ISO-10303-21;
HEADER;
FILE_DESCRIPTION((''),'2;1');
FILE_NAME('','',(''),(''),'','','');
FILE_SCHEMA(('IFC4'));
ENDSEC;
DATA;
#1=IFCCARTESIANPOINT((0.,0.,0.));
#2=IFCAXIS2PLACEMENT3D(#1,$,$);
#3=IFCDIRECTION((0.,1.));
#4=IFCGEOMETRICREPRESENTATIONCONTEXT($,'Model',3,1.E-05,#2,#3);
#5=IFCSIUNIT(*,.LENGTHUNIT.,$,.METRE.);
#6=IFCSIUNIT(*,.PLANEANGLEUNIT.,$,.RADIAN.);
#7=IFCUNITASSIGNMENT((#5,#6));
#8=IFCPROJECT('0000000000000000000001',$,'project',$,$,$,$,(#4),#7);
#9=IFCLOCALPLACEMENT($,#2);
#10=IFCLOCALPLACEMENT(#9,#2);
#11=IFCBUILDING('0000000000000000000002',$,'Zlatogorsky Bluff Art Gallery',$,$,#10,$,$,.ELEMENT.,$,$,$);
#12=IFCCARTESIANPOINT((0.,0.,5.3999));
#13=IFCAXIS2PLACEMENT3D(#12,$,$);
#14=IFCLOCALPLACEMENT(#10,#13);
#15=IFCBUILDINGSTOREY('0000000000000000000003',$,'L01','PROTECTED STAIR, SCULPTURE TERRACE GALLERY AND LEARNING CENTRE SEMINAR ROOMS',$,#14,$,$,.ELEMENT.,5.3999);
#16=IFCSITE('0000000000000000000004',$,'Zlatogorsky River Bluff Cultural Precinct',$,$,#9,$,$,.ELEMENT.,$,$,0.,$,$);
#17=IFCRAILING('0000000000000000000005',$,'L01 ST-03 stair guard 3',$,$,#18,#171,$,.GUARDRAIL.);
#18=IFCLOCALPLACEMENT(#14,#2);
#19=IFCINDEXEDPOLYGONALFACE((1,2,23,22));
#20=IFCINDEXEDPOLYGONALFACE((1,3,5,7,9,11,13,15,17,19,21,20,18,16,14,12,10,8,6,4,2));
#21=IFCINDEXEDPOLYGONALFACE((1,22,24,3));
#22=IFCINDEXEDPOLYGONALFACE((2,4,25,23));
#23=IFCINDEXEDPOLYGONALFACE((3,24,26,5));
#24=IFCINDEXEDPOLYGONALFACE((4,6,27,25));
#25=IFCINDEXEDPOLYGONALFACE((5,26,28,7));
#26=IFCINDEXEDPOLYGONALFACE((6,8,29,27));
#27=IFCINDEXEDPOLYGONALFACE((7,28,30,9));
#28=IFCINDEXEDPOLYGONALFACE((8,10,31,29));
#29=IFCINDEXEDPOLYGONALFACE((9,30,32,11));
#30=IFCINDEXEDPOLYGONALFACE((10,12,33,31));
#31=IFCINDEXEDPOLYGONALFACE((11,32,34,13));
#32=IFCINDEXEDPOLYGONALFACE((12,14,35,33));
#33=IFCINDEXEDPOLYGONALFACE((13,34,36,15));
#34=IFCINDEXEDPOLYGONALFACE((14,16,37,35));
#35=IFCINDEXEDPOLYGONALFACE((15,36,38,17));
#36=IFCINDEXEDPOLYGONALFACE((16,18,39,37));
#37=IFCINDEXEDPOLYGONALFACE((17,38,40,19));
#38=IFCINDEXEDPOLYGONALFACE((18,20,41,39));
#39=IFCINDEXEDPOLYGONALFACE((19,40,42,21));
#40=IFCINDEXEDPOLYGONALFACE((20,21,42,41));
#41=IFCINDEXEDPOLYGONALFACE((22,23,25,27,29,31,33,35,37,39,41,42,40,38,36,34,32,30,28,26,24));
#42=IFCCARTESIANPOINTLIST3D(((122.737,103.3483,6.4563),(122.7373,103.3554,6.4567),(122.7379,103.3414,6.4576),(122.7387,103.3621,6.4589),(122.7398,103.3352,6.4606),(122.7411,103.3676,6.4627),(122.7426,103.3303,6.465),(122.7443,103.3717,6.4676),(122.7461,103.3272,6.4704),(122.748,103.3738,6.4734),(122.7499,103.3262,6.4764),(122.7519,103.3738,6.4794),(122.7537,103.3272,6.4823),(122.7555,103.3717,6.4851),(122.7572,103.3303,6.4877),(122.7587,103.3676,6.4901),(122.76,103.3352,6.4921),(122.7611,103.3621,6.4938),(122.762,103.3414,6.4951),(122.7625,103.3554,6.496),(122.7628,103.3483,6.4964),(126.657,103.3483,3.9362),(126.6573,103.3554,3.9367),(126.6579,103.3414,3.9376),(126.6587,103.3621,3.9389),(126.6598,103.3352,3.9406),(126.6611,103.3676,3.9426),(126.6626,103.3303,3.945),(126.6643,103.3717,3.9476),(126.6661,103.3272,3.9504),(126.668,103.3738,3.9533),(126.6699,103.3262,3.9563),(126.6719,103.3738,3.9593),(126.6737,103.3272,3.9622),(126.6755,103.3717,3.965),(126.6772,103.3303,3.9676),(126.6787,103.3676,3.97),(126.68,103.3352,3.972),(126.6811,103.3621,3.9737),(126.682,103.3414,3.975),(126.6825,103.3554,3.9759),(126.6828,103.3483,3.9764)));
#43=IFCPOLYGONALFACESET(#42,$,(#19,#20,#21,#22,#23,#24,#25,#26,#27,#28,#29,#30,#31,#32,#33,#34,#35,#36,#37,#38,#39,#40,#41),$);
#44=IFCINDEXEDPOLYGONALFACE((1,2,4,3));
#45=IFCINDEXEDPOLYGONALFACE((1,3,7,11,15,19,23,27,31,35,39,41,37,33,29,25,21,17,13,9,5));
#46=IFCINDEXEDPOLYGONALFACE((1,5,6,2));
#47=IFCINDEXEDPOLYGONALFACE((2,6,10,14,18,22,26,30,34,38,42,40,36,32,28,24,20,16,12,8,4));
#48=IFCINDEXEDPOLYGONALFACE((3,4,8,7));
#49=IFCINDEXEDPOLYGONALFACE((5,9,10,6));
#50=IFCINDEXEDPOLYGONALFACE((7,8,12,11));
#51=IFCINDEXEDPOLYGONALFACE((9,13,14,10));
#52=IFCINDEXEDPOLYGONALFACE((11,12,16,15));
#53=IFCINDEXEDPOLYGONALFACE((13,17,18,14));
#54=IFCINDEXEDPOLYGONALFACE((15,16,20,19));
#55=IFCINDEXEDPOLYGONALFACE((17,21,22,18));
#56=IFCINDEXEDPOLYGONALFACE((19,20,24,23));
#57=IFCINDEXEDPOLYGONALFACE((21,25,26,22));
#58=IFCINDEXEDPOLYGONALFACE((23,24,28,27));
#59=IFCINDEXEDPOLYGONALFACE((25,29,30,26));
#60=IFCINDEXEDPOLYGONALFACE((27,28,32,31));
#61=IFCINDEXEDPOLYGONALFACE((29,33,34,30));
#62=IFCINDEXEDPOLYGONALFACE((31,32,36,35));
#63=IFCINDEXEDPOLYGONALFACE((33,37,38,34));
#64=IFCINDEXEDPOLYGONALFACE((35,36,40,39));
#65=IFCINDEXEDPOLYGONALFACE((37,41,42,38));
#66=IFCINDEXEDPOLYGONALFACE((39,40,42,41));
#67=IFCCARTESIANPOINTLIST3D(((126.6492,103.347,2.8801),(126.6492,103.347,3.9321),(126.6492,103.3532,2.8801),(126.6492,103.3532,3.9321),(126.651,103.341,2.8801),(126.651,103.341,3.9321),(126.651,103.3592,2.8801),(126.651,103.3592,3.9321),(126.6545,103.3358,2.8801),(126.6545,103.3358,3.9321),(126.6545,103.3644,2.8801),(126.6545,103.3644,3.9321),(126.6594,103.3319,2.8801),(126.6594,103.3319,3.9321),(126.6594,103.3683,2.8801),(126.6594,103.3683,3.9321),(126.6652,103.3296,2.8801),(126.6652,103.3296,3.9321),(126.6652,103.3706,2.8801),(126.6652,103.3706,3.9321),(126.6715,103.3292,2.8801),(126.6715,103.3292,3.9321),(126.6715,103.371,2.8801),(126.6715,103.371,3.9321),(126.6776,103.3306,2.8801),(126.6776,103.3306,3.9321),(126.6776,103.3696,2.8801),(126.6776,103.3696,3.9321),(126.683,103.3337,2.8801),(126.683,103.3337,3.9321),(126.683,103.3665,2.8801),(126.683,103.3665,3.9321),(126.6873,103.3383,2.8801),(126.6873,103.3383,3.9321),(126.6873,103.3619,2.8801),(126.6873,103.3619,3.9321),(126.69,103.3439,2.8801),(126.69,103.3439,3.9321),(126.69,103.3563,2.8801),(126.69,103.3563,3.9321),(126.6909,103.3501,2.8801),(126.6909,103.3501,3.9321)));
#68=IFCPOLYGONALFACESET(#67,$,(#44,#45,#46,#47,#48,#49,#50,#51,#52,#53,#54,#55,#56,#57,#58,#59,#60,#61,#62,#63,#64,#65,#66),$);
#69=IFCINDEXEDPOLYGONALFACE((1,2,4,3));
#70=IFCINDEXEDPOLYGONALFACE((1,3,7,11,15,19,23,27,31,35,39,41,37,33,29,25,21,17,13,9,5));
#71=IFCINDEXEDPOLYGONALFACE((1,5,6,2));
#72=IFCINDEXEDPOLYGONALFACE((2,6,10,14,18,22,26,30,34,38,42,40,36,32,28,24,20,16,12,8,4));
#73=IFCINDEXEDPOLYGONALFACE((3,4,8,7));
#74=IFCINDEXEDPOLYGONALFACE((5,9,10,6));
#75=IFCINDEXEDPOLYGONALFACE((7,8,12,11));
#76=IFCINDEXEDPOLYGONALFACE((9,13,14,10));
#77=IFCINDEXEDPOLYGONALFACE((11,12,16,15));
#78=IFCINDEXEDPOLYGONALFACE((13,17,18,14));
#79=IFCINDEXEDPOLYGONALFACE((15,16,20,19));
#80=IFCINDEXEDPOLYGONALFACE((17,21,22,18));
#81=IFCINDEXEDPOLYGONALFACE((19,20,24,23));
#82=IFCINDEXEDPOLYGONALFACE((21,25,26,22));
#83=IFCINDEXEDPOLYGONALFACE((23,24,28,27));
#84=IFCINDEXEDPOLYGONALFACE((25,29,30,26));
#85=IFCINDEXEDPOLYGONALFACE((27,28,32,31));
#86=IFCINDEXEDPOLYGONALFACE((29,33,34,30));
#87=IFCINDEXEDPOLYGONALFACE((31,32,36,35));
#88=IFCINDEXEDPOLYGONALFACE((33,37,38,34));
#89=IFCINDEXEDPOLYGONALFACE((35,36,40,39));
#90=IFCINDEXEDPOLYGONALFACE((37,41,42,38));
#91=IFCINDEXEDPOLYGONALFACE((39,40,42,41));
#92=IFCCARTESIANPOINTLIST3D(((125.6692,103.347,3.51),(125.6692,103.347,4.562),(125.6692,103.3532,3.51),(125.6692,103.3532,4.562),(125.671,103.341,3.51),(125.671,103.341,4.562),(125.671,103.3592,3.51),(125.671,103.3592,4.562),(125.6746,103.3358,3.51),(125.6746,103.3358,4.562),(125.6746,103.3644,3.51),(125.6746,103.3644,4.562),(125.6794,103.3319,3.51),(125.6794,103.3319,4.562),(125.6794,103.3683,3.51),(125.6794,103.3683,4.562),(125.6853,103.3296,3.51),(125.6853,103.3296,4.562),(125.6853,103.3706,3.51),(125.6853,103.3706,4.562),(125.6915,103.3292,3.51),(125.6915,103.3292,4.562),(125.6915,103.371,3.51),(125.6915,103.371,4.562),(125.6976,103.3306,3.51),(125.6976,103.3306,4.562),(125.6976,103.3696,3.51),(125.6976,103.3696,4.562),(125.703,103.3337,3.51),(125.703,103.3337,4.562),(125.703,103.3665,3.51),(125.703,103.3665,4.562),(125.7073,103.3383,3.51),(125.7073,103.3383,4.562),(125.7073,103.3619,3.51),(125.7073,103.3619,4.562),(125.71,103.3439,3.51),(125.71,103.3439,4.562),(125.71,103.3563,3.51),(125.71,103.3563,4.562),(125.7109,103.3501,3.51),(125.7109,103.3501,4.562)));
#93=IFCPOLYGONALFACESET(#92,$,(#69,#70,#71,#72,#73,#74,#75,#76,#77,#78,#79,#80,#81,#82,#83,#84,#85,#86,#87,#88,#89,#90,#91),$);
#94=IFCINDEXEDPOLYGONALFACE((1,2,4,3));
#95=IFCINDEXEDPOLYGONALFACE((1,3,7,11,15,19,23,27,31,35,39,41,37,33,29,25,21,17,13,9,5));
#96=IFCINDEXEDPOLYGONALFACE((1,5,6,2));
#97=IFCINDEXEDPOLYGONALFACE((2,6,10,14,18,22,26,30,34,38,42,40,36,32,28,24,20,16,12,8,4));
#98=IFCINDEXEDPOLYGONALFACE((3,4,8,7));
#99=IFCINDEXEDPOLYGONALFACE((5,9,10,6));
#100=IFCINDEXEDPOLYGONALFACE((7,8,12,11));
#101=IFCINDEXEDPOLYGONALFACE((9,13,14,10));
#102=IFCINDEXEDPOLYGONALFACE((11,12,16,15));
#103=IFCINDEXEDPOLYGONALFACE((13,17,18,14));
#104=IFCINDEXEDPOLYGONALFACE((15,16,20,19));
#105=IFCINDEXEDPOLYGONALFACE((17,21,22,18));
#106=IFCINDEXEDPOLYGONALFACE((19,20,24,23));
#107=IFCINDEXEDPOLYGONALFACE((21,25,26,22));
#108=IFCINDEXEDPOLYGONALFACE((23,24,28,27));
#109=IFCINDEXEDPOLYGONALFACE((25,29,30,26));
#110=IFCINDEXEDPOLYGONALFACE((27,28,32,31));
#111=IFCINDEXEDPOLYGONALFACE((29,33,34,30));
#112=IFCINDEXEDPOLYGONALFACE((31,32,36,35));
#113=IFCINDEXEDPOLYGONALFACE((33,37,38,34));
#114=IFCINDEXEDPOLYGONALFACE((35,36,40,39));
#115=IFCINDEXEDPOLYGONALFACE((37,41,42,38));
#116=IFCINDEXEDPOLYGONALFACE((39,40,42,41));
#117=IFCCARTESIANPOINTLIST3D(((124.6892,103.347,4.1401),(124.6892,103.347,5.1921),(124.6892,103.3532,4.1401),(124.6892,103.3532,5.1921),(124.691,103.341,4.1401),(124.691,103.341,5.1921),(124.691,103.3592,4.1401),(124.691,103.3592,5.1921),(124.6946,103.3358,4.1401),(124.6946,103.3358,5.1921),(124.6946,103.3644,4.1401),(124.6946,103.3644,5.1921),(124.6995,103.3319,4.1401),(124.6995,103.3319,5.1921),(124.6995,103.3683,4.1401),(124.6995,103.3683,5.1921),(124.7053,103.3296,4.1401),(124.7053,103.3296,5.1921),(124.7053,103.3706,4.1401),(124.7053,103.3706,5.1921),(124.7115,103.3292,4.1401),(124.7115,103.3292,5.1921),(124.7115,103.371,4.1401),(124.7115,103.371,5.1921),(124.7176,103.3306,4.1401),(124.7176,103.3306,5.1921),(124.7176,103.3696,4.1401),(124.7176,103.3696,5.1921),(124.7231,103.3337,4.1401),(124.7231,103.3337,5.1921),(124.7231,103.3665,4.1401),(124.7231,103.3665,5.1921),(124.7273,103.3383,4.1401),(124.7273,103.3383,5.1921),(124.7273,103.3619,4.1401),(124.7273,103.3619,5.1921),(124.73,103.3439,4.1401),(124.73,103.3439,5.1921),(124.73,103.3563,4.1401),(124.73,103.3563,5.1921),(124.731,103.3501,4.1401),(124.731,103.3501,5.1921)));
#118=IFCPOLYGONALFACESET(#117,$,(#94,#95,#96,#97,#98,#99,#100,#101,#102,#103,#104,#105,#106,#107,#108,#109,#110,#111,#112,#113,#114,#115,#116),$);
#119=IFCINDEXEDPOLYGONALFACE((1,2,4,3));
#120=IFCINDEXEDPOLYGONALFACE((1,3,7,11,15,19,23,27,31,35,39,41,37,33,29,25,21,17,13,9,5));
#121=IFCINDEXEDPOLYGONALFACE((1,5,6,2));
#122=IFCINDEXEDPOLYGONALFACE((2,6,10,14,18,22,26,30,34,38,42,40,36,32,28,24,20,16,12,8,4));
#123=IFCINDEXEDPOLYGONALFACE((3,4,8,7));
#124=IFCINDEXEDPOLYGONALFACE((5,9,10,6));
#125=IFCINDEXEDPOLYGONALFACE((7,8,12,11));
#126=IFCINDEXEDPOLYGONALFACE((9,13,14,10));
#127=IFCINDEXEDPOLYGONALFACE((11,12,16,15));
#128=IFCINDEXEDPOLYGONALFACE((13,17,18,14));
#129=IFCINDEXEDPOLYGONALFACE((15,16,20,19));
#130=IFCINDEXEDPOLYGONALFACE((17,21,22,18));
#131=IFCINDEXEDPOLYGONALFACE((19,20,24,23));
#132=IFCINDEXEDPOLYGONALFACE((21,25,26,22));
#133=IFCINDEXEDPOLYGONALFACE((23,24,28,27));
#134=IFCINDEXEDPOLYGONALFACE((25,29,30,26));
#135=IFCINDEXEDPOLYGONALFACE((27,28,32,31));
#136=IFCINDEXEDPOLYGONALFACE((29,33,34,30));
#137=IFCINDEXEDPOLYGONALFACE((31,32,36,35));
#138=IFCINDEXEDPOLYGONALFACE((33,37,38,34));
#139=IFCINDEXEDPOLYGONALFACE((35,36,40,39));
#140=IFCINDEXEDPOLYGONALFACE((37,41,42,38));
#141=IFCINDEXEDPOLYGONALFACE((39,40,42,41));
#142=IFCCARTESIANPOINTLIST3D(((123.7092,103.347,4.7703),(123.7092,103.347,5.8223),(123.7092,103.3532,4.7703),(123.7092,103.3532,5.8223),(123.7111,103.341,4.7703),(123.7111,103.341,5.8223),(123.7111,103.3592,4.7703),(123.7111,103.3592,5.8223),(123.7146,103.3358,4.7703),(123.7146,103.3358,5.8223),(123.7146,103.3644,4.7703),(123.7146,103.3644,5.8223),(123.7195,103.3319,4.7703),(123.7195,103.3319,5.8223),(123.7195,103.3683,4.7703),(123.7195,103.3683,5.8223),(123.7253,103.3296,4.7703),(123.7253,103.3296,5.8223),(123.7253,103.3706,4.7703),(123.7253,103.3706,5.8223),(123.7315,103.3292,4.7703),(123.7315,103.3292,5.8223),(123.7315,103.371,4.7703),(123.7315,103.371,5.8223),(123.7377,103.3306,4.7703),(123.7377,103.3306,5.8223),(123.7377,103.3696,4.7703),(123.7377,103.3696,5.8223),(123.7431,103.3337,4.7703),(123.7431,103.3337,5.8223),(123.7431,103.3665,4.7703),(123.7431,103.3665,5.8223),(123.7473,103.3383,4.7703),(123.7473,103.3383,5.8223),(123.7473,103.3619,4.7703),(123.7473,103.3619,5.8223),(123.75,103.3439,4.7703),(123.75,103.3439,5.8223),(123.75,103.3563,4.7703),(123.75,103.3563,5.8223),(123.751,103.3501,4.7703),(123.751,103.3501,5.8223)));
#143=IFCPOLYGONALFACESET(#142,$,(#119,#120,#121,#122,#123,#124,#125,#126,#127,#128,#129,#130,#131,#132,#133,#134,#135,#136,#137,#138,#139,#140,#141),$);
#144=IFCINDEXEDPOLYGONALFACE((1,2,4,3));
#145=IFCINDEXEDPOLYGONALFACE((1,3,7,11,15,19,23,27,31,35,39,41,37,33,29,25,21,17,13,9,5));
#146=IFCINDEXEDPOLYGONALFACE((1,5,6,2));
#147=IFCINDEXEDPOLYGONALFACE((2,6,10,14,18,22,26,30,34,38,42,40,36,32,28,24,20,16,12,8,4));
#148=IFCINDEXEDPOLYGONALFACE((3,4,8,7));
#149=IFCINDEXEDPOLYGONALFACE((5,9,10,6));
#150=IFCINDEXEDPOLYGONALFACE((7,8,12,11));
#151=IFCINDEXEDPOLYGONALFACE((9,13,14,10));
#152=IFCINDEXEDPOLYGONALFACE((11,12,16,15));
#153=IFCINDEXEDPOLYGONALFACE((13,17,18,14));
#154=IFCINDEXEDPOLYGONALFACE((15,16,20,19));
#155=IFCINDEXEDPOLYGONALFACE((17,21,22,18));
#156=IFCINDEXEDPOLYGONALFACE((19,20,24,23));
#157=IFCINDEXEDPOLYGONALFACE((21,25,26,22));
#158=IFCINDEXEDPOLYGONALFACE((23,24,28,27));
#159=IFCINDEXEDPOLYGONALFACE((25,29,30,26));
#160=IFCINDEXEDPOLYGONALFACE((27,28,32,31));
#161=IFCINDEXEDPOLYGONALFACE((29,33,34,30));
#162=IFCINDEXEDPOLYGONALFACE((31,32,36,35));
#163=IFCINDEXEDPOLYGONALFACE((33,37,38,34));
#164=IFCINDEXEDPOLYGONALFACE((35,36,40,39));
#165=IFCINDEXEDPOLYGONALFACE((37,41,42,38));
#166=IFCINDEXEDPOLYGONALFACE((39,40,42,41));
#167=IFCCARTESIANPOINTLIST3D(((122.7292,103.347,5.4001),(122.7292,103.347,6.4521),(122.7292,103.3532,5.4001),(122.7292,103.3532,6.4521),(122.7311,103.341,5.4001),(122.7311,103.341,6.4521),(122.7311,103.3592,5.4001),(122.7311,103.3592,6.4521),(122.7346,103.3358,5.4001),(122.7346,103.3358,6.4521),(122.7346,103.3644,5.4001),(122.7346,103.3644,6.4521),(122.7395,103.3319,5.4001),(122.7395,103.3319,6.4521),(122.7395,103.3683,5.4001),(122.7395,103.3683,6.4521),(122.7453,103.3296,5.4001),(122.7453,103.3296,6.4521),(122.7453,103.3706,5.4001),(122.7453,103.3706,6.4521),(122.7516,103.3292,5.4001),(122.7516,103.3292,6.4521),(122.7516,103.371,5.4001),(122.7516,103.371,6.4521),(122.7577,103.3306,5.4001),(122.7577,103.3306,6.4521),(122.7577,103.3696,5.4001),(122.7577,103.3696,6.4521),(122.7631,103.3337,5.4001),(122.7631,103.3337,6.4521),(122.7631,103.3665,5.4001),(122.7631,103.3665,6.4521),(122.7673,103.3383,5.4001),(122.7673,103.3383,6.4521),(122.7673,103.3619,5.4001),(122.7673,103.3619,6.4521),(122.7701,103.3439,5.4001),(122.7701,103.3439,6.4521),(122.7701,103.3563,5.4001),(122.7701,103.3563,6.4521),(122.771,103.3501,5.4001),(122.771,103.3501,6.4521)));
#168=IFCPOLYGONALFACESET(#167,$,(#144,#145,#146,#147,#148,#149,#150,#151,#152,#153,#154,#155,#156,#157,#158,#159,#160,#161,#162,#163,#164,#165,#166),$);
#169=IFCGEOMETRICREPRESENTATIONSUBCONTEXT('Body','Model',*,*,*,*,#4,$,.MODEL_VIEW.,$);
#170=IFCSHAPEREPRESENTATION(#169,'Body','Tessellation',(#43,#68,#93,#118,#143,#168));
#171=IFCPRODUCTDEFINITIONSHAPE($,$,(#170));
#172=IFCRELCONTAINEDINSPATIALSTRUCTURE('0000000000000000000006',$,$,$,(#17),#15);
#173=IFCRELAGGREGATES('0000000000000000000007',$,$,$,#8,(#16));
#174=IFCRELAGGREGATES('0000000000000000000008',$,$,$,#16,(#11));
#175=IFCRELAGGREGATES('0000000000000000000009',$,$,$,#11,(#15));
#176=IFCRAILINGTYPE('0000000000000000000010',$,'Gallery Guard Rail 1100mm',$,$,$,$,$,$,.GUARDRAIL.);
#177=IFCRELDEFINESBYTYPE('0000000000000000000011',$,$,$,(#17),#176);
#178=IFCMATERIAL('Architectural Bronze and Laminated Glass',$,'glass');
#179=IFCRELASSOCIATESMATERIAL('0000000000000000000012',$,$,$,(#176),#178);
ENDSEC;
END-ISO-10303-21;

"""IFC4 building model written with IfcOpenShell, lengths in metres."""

from ifc_helpers import new_model, si_unit, direction, frame, origin, origin_2d, place, context, subcontext, project, spatial, circle, extrude, material, type_object, element, save


model = new_model("IFC4")

# Units and contexts
model_context = context("Model", 3, precision=1e-05, world=origin(), true_north=direction((0.0, 1.0)))
body_context = subcontext(model_context, "Body", "Model", "MODEL_VIEW")
ifc_project = project(units=[si_unit("LENGTHUNIT", "METRE"), si_unit("PLANEANGLEUNIT", "RADIAN")], contexts=[model_context])

# Site, building, storey
site_placement = place(None, origin())
site = spatial("IfcSite", under=ifc_project, at=site_placement, Name="Zlatogorsky River Bluff Cultural Precinct", CompositionType="ELEMENT", RefElevation=0.0)
building_placement = place(site_placement, origin())
building = spatial("IfcBuilding", under=site, at=building_placement, Name="Zlatogorsky Bluff Art Gallery", CompositionType="ELEMENT")
storey_placement = place(building_placement, frame((0.0, 0.0, 5.3999)))
storey = spatial("IfcBuildingStorey", under=building, at=storey_placement, Name="L01", Description="PROTECTED STAIR, SCULPTURE TERRACE GALLERY AND LEARNING CENTRE SEMINAR ROOMS", CompositionType="ELEMENT", Elevation=5.3999)

# Railing
ifc_material_1 = material(Name="Architectural Bronze and Laminated Glass", Category="glass")
railing_type_1 = type_object("IfcRailingType", Name="Gallery Guard Rail 1100mm", PredefinedType="GUARDRAIL", material=ifc_material_1)
railing_1_placement = place(storey_placement, frame((126.6699, 103.3501, 2.8801)))
element("IfcRailing", 1, at=railing_1_placement, inside=storey, type_object=railing_type_1, Name="L01 ST-03 stair guard 3", PredefinedType="GUARDRAIL", context=body_context, shape_type="SweptSolid", body=[
    extrude(circle(Radius=0.0239, at=origin_2d()), frame((0.0, 0.0, 1.0762), z_axis=(-0.841172, 0.0, 0.540768), x_axis=(0.0, -1.0, 0.0)), (0.0, 0.0, 1.0), 4.6602),
    extrude(circle(Radius=0.021, at=origin_2d()), origin(), (0.0, 0.0, 1.0), 1.052),
    extrude(circle(Radius=0.021, at=origin_2d()), frame((-0.98, 0.0, 0.6299)), (0.0, 0.0, 1.0), 1.052),
    extrude(circle(Radius=0.021, at=origin_2d()), frame((-1.96, 0.0, 1.26)), (0.0, 0.0, 1.0), 1.052),
    extrude(circle(Radius=0.021, at=origin_2d()), frame((-2.9399, 0.0, 1.8901)), (0.0, 0.0, 1.0), 1.052),
    extrude(circle(Radius=0.021, at=origin_2d()), frame((-3.9199, 0.0, 2.52)), (0.0, 0.0, 1.0), 1.052),
])

save(model, "model.ifc")
